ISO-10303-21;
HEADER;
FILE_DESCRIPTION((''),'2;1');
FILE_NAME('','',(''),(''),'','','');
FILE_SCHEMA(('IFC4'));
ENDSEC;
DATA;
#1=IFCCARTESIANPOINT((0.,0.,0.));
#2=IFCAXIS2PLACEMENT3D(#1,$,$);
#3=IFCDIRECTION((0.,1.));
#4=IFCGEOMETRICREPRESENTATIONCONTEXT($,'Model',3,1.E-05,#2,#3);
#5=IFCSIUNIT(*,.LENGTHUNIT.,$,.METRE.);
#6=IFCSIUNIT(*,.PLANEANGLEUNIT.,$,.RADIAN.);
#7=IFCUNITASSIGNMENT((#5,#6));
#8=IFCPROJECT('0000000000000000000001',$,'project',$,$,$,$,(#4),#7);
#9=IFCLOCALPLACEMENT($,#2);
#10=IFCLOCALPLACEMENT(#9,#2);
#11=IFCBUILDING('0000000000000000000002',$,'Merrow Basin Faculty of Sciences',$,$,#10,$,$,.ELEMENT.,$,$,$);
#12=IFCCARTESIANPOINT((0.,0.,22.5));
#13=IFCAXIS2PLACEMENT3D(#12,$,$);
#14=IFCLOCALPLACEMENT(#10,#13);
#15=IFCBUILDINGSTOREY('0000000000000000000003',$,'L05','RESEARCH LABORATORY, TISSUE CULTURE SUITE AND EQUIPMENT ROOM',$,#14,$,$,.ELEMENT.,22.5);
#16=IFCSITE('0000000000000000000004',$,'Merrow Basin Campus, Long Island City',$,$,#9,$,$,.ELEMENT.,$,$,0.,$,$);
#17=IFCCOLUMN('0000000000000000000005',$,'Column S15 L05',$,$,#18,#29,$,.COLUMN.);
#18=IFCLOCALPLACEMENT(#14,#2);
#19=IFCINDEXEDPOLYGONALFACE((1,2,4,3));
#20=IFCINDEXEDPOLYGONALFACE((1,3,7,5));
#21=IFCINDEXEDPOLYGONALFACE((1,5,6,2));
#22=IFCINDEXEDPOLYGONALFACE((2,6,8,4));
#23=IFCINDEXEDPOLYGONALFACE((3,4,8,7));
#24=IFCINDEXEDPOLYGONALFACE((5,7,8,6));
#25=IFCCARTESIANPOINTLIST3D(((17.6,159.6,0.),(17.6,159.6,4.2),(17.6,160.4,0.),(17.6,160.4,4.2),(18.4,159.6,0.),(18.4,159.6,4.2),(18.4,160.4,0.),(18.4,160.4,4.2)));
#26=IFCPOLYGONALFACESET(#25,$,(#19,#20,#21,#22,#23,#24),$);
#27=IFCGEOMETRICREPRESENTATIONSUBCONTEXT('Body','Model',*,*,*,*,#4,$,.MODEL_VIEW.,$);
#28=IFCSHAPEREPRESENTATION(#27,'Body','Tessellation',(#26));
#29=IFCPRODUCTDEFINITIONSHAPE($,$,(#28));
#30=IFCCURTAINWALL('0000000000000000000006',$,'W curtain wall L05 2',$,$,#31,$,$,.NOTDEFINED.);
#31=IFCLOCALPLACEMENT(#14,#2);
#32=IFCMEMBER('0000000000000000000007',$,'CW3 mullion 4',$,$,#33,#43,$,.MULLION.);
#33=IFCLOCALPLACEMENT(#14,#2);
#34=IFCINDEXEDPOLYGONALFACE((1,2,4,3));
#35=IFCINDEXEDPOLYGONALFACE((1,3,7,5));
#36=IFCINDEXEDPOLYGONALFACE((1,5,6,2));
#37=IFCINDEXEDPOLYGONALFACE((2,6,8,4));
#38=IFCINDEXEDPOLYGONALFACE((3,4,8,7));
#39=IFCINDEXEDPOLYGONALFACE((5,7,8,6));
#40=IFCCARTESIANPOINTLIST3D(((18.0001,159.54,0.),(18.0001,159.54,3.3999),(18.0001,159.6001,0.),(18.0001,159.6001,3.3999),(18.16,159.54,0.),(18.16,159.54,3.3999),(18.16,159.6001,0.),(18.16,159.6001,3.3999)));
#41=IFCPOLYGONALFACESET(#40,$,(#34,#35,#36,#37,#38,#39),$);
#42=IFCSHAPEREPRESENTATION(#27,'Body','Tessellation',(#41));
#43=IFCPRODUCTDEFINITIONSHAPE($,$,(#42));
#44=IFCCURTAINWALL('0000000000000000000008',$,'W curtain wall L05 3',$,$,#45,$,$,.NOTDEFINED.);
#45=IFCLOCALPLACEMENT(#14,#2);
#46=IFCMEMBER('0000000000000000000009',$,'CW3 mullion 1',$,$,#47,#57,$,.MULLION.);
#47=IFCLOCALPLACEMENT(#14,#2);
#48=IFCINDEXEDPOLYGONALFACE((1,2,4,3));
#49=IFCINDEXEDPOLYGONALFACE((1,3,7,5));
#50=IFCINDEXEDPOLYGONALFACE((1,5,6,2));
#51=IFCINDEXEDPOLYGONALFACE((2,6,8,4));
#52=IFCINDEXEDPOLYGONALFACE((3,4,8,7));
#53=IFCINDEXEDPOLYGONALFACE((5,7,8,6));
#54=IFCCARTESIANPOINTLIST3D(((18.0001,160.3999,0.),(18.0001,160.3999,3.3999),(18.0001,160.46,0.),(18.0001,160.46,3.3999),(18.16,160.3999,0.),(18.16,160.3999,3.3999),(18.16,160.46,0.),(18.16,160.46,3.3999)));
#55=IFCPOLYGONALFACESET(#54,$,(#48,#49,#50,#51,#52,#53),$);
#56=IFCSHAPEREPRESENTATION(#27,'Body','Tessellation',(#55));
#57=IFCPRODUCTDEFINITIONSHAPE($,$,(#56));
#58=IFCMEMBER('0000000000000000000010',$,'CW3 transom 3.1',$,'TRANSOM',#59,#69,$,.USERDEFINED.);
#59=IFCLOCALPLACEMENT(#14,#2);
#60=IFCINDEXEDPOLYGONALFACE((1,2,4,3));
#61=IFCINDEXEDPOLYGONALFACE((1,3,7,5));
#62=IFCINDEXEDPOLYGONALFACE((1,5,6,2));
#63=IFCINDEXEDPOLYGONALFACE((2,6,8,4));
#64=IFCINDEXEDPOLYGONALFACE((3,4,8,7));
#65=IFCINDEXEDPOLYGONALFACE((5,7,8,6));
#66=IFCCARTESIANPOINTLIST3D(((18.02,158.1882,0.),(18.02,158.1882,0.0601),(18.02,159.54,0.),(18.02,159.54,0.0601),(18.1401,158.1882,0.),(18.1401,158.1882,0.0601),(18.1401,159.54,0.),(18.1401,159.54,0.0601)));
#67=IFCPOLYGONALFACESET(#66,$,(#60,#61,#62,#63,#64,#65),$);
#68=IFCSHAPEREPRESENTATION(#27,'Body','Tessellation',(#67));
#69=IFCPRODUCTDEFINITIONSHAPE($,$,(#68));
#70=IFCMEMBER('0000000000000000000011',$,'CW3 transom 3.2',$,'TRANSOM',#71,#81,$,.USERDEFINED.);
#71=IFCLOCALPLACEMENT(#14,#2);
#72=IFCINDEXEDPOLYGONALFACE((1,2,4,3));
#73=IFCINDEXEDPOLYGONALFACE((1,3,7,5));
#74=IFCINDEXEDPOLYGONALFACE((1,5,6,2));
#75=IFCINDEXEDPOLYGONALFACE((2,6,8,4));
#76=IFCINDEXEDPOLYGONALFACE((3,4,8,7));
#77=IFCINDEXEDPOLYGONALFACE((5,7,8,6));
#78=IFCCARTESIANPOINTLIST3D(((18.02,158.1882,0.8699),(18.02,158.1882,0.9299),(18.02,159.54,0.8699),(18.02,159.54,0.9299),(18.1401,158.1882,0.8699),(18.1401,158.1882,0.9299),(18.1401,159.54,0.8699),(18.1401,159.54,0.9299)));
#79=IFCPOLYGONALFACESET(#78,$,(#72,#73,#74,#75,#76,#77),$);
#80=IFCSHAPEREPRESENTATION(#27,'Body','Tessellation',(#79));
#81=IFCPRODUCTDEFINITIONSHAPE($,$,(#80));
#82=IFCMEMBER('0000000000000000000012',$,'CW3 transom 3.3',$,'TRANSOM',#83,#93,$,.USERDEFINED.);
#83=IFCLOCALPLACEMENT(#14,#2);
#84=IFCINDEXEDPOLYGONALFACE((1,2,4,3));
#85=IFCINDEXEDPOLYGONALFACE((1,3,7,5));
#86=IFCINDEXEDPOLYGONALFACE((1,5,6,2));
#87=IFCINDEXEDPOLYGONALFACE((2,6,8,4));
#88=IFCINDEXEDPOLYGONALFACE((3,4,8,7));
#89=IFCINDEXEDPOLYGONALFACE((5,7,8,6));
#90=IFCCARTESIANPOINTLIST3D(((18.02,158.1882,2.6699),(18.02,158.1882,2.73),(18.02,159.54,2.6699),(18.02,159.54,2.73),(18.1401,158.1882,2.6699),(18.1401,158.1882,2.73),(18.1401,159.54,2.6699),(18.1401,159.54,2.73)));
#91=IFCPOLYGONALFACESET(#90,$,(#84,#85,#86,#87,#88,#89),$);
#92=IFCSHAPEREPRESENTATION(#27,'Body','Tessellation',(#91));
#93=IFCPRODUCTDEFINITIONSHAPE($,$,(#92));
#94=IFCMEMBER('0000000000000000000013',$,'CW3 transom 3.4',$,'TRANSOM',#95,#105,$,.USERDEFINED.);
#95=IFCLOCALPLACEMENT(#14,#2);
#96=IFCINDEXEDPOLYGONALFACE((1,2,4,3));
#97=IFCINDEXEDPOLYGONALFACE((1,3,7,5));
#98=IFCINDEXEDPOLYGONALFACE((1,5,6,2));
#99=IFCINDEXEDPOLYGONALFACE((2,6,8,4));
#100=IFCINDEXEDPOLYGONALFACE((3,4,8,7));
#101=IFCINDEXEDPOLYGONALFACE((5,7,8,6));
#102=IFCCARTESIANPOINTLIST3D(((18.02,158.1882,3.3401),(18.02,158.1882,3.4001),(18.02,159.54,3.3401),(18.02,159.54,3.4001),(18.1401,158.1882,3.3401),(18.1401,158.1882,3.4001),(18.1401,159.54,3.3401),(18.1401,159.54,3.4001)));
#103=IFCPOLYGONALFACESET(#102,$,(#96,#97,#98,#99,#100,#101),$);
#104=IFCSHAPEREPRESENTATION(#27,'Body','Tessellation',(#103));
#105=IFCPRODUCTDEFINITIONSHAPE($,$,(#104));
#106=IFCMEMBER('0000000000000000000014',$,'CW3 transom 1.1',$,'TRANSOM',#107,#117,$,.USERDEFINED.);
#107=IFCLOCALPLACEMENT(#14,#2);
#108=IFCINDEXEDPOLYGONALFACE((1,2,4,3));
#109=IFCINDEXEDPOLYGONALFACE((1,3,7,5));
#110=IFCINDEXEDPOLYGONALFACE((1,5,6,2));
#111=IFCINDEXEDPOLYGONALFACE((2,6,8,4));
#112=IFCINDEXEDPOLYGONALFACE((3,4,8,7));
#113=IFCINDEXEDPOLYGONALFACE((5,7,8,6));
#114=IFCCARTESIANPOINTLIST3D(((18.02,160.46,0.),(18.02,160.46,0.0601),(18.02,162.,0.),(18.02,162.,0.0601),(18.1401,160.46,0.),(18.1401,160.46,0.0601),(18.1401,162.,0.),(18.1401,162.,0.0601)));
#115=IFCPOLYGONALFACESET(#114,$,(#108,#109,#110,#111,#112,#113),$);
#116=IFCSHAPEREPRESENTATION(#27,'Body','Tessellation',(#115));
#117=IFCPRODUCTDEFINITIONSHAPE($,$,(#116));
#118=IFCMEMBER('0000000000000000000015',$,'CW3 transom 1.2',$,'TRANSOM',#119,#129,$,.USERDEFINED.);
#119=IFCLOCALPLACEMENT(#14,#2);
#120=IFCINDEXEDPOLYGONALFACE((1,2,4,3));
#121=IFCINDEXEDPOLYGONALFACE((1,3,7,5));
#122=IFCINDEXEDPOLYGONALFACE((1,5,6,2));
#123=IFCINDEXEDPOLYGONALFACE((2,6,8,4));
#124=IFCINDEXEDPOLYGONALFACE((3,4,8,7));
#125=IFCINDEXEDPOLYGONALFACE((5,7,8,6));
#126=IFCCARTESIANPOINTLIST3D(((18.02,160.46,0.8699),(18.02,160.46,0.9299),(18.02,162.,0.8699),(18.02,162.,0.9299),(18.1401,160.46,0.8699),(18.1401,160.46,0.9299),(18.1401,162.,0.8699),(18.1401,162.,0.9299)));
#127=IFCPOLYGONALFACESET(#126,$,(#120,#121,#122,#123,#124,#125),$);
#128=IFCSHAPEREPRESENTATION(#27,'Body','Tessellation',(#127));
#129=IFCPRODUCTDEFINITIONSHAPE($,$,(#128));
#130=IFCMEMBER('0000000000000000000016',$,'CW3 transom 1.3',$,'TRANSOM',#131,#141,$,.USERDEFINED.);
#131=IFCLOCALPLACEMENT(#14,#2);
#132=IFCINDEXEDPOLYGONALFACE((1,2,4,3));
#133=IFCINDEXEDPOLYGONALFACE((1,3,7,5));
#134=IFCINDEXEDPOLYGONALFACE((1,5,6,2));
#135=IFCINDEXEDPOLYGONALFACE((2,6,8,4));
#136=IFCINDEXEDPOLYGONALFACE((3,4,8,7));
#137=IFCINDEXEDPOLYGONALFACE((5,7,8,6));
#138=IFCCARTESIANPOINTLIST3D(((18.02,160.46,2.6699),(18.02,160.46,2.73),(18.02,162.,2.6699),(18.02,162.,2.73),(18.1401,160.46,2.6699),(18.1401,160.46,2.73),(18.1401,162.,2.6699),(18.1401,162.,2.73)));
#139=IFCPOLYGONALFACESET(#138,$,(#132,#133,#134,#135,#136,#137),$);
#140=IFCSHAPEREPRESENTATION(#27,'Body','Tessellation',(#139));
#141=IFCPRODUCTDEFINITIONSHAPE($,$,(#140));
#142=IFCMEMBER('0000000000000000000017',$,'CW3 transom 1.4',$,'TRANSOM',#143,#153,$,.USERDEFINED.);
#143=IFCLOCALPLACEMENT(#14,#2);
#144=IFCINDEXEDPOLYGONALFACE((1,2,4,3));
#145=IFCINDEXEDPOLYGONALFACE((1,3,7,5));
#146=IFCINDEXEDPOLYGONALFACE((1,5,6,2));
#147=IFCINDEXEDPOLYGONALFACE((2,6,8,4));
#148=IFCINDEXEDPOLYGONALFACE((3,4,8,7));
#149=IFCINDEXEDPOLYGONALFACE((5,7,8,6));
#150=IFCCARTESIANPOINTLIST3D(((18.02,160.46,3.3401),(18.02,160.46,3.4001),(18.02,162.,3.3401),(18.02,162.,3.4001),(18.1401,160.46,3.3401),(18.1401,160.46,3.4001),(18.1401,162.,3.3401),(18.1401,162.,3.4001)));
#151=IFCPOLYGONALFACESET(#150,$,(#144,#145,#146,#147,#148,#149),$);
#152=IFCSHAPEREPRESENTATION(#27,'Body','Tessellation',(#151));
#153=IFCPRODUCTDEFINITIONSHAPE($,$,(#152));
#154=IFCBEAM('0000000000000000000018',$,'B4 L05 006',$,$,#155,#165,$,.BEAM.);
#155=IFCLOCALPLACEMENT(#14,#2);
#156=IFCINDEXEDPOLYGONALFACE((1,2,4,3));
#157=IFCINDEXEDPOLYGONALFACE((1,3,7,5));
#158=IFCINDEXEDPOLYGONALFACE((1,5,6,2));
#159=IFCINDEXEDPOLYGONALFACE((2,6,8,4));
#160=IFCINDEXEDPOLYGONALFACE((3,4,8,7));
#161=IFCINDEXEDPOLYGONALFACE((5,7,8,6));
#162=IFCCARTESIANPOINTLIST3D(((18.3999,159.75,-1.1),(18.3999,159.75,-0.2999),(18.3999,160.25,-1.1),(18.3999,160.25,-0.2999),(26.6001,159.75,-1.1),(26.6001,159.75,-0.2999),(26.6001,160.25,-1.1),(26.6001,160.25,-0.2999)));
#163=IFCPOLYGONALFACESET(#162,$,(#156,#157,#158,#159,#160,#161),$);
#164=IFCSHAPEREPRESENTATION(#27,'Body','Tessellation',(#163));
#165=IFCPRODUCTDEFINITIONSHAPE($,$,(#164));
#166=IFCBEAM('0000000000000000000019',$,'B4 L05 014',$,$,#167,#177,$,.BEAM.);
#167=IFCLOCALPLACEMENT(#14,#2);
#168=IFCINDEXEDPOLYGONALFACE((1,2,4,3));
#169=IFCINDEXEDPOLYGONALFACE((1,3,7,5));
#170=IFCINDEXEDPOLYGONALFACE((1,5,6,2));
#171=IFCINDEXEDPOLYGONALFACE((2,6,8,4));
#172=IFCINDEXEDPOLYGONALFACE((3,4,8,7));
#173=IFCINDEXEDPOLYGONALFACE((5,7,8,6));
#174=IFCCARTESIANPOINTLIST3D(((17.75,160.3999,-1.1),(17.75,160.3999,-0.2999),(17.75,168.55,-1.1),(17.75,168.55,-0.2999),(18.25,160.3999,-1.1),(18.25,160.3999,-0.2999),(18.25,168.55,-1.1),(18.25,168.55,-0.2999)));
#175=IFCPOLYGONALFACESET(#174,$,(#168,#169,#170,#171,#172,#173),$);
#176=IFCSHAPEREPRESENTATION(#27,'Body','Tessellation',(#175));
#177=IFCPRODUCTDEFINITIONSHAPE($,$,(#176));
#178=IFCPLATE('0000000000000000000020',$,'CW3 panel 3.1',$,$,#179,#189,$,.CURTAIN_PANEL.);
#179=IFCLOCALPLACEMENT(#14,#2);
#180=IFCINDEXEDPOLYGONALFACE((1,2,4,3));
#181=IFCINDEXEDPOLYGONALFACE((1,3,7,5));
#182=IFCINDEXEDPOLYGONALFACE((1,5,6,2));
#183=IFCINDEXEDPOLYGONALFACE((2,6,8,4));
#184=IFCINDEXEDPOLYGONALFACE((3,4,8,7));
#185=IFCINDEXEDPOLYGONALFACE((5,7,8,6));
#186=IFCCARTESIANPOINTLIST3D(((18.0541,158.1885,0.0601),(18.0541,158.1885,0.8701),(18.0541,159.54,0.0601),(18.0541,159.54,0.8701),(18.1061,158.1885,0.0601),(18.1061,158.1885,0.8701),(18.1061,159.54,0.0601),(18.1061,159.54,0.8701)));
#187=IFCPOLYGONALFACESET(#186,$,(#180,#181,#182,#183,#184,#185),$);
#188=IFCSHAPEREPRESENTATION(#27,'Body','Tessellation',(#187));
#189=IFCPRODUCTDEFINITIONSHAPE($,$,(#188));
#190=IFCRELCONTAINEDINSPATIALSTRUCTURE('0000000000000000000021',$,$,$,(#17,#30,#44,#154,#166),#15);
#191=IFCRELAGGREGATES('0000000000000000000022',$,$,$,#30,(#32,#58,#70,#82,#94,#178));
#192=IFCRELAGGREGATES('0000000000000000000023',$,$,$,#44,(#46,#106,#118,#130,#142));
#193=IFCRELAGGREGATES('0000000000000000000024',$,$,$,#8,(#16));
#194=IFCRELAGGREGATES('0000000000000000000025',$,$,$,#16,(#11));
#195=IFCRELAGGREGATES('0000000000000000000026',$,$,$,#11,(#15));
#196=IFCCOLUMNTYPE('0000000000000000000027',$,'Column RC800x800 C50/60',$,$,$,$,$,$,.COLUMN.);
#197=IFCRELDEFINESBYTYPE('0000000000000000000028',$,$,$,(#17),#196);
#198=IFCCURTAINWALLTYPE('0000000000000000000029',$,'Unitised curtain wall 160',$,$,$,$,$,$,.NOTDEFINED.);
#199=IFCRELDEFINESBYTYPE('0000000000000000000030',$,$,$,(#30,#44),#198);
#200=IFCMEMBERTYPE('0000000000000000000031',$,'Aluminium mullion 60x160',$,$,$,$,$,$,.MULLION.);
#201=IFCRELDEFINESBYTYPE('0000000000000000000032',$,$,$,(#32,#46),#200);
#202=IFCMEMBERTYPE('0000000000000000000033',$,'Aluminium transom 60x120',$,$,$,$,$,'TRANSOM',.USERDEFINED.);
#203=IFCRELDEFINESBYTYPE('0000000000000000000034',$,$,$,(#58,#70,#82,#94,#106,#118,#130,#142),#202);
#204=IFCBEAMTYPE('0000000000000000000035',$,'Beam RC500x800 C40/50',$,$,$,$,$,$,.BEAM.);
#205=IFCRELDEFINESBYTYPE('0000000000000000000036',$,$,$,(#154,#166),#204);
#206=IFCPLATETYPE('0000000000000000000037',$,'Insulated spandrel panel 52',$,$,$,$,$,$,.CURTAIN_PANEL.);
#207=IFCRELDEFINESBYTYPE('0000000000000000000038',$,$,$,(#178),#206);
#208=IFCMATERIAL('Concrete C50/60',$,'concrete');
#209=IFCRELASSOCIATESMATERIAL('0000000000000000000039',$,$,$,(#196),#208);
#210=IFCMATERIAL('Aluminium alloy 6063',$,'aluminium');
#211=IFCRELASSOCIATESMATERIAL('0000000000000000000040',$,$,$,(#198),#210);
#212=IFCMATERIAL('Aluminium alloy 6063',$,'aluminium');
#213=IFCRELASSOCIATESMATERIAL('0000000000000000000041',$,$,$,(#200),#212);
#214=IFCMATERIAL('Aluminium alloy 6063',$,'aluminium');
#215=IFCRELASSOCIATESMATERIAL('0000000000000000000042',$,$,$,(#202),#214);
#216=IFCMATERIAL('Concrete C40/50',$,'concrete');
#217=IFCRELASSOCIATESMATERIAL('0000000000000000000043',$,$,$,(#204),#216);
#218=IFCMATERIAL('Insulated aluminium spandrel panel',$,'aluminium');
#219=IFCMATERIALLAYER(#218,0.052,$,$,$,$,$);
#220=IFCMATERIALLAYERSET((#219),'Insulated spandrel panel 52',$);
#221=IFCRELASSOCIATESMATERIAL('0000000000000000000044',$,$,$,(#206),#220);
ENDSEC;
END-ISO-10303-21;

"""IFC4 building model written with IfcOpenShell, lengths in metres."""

from ifc_helpers import new_model, si_unit, direction, frame, origin, origin_2d, place, context, subcontext, project, spatial, rectangle, extrude, material, layer, layer_set, material_profile, profile_set, type_object, element, aggregate, save


model = new_model("IFC4")

# Units and contexts
model_context = context("Model", 3, precision=1e-05, world=origin(), true_north=direction((0.0, 1.0)))
body_context = subcontext(model_context, "Body", "Model", "MODEL_VIEW")
ifc_project = project(units=[si_unit("LENGTHUNIT", "METRE"), si_unit("PLANEANGLEUNIT", "RADIAN")], contexts=[model_context])

# Site, building, storey
site_placement = place(None, origin())
site = spatial("IfcSite", under=ifc_project, at=site_placement, Name="Merrow Basin Campus, Long Island City", CompositionType="ELEMENT", RefElevation=0.0)
building_placement = place(site_placement, origin())
building = spatial("IfcBuilding", under=site, at=building_placement, Name="Merrow Basin Faculty of Sciences", CompositionType="ELEMENT")
storey_placement = place(building_placement, frame((0.0, 0.0, 22.5)))
storey = spatial("IfcBuildingStorey", under=building, at=storey_placement, Name="L05", Description="RESEARCH LABORATORY, TISSUE CULTURE SUITE AND EQUIPMENT ROOM", CompositionType="ELEMENT", Elevation=22.5)

# Column
ifc_material_1 = material(Name="Concrete C50/60", Category="concrete")
ifc_material_profile_1 = material_profile(ifc_material_1, rectangle(XDim=0.8, YDim=0.8, at=origin_2d()))
ifc_profile_set_1 = profile_set([ifc_material_profile_1], Name="Concrete C50/60")
column_type = type_object("IfcColumnType", Name="Column RC800x800 C50/60", PredefinedType="COLUMN", material=ifc_profile_set_1)
column_placement = place(storey_placement, frame((18.0, 160.0, 0.0), z_axis=(0.0, 0.0, 1.0), x_axis=(1.0, 0.0, 0.0)))
element("IfcColumn", 1, at=column_placement, inside=storey, type_object=column_type, Name="Column S15 L05", PredefinedType="COLUMN", context=body_context, shape_type="SweptSolid", body=[
    extrude(rectangle(XDim=0.8, YDim=0.8, at=origin_2d()), origin(), (0.0, 0.0, 1.0), 4.2),
])

# Curtain walls, members
ifc_material_2 = material(Name="Aluminium alloy 6063", Category="aluminium")
curtain_wall_type = type_object("IfcCurtainWallType", Name="Unitised curtain wall 160", PredefinedType="NOTDEFINED", material=ifc_material_2)
curtain_wall_1_placement = place(storey_placement, origin())
curtain_wall_1 = element("IfcCurtainWall", 2, at=curtain_wall_1_placement, inside=storey, type_object=curtain_wall_type, Name="W curtain wall L05 2", PredefinedType="NOTDEFINED")
ifc_material_3 = material(Name="Aluminium alloy 6063", Category="aluminium")
ifc_material_profile_2 = material_profile(ifc_material_3, rectangle(XDim=0.1599, YDim=0.0601, at=origin_2d()))
ifc_profile_set_2 = profile_set([ifc_material_profile_2], Name="Aluminium alloy 6063")
member_type_1 = type_object("IfcMemberType", Name="Aluminium mullion 60x160", PredefinedType="MULLION", material=ifc_profile_set_2)
member_1_placement = place(storey_placement, frame((18.0801, 159.5701, 0.0), z_axis=(0.0, 0.0, 1.0), x_axis=(-1.0, 0.0, 0.0)))
member_1 = element("IfcMember", 3, at=member_1_placement, type_object=member_type_1, Name="CW3 mullion 4", PredefinedType="MULLION", context=body_context, shape_type="SweptSolid", body=[
    extrude(rectangle(XDim=0.1599, YDim=0.0601, at=origin_2d()), origin(), (0.0, 0.0, 1.0), 3.3999),
])
curtain_wall_2_placement = place(storey_placement, origin())
curtain_wall_2 = element("IfcCurtainWall", 4, at=curtain_wall_2_placement, inside=storey, type_object=curtain_wall_type, Name="W curtain wall L05 3", PredefinedType="NOTDEFINED")
member_2_placement = place(storey_placement, frame((18.0801, 160.4299, 0.0), z_axis=(0.0, 0.0, 1.0), x_axis=(-1.0, 0.0, 0.0)))
member_2 = element("IfcMember", 5, at=member_2_placement, type_object=member_type_1, Name="CW3 mullion 1", PredefinedType="MULLION", context=body_context, shape_type="SweptSolid", body=[
    extrude(rectangle(XDim=0.1599, YDim=0.0601, at=origin_2d()), origin(), (0.0, 0.0, 1.0), 3.3999),
])

# Members
ifc_material_4 = material(Name="Aluminium alloy 6063", Category="aluminium")
ifc_material_profile_3 = material_profile(ifc_material_4, rectangle(XDim=0.1201, YDim=0.0601, at=origin_2d()))
ifc_profile_set_3 = profile_set([ifc_material_profile_3], Name="Aluminium alloy 6063")
member_type_2 = type_object("IfcMemberType", Name="Aluminium transom 60x120", ElementType="TRANSOM", PredefinedType="USERDEFINED", material=ifc_profile_set_3)
member_3_placement = place(storey_placement, frame((18.0801, 158.1882, 0.03), z_axis=(0.0, 1.0, 0.0), x_axis=(-1.0, 0.0, 0.0)))
member_3 = element("IfcMember", 6, at=member_3_placement, type_object=member_type_2, Name="CW3 transom 3.1", ObjectType="TRANSOM", PredefinedType="USERDEFINED", context=body_context, shape_type="SweptSolid", body=[
    extrude(rectangle(XDim=0.1201, YDim=0.0601, at=origin_2d()), origin(), (0.0, 0.0, 1.0), 1.3518),
])
member_4_placement = place(storey_placement, frame((18.0801, 158.1882, 0.8999), z_axis=(0.0, 1.0, 0.0), x_axis=(-1.0, 0.0, 0.0)))
member_4 = element("IfcMember", 7, at=member_4_placement, type_object=member_type_2, Name="CW3 transom 3.2", ObjectType="TRANSOM", PredefinedType="USERDEFINED", context=body_context, shape_type="SweptSolid", body=[
    extrude(rectangle(XDim=0.1201, YDim=0.0601, at=origin_2d()), origin(), (0.0, 0.0, 1.0), 1.3518),
])
member_5_placement = place(storey_placement, frame((18.0801, 158.1882, 2.7), z_axis=(0.0, 1.0, 0.0), x_axis=(-1.0, 0.0, 0.0)))
member_5 = element("IfcMember", 8, at=member_5_placement, type_object=member_type_2, Name="CW3 transom 3.3", ObjectType="TRANSOM", PredefinedType="USERDEFINED", context=body_context, shape_type="SweptSolid", body=[
    extrude(rectangle(XDim=0.1201, YDim=0.0601, at=origin_2d()), origin(), (0.0, 0.0, 1.0), 1.3518),
])
member_6_placement = place(storey_placement, frame((18.0801, 158.1882, 3.3701), z_axis=(0.0, 1.0, 0.0), x_axis=(-1.0, 0.0, 0.0)))
member_6 = element("IfcMember", 9, at=member_6_placement, type_object=member_type_2, Name="CW3 transom 3.4", ObjectType="TRANSOM", PredefinedType="USERDEFINED", context=body_context, shape_type="SweptSolid", body=[
    extrude(rectangle(XDim=0.1201, YDim=0.0601, at=origin_2d()), origin(), (0.0, 0.0, 1.0), 1.3518),
])
member_7_placement = place(storey_placement, frame((18.0801, 160.46, 0.03), z_axis=(0.0, 1.0, 0.0), x_axis=(-1.0, 0.0, 0.0)))
member_7 = element("IfcMember", 10, at=member_7_placement, type_object=member_type_2, Name="CW3 transom 1.1", ObjectType="TRANSOM", PredefinedType="USERDEFINED", context=body_context, shape_type="SweptSolid", body=[
    extrude(rectangle(XDim=0.1201, YDim=0.0601, at=origin_2d()), origin(), (0.0, 0.0, 1.0), 1.54),
])
member_8_placement = place(storey_placement, frame((18.0801, 160.46, 0.8999), z_axis=(0.0, 1.0, 0.0), x_axis=(-1.0, 0.0, 0.0)))
member_8 = element("IfcMember", 11, at=member_8_placement, type_object=member_type_2, Name="CW3 transom 1.2", ObjectType="TRANSOM", PredefinedType="USERDEFINED", context=body_context, shape_type="SweptSolid", body=[
    extrude(rectangle(XDim=0.1201, YDim=0.0601, at=origin_2d()), origin(), (0.0, 0.0, 1.0), 1.54),
])
member_9_placement = place(storey_placement, frame((18.0801, 160.46, 2.7), z_axis=(0.0, 1.0, 0.0), x_axis=(-1.0, 0.0, 0.0)))
member_9 = element("IfcMember", 12, at=member_9_placement, type_object=member_type_2, Name="CW3 transom 1.3", ObjectType="TRANSOM", PredefinedType="USERDEFINED", context=body_context, shape_type="SweptSolid", body=[
    extrude(rectangle(XDim=0.1201, YDim=0.0601, at=origin_2d()), origin(), (0.0, 0.0, 1.0), 1.54),
])
member_10_placement = place(storey_placement, frame((18.0801, 160.46, 3.3701), z_axis=(0.0, 1.0, 0.0), x_axis=(-1.0, 0.0, 0.0)))
member_10 = element("IfcMember", 13, at=member_10_placement, type_object=member_type_2, Name="CW3 transom 1.4", ObjectType="TRANSOM", PredefinedType="USERDEFINED", context=body_context, shape_type="SweptSolid", body=[
    extrude(rectangle(XDim=0.1201, YDim=0.0601, at=origin_2d()), origin(), (0.0, 0.0, 1.0), 1.54),
])

# Beams
ifc_material_5 = material(Name="Concrete C40/50", Category="concrete")
ifc_material_profile_4 = material_profile(ifc_material_5, rectangle(XDim=0.5, YDim=0.8, at=origin_2d()))
ifc_profile_set_4 = profile_set([ifc_material_profile_4], Name="Concrete C40/50")
beam_type = type_object("IfcBeamType", Name="Beam RC500x800 C40/50", PredefinedType="BEAM", material=ifc_profile_set_4)
beam_1_placement = place(storey_placement, frame((18.3999, 160.0, -0.7), z_axis=(1.0, 0.0, 0.0), x_axis=(0.0, 1.0, 0.0)))
element("IfcBeam", 14, at=beam_1_placement, inside=storey, type_object=beam_type, Name="B4 L05 006", PredefinedType="BEAM", context=body_context, shape_type="SweptSolid", body=[
    extrude(rectangle(XDim=0.5, YDim=0.8, at=origin_2d()), origin(), (0.0, 0.0, 1.0), 8.2002),
])
beam_2_placement = place(storey_placement, frame((18.0, 160.3999, -0.7), z_axis=(0.0, 1.0, 0.0), x_axis=(-1.0, 0.0, 0.0)))
element("IfcBeam", 15, at=beam_2_placement, inside=storey, type_object=beam_type, Name="B4 L05 014", PredefinedType="BEAM", context=body_context, shape_type="SweptSolid", body=[
    extrude(rectangle(XDim=0.5, YDim=0.8, at=origin_2d()), origin(), (0.0, 0.0, 1.0), 8.1501),
])

# Plate
ifc_material_6 = material(Name="Insulated aluminium spandrel panel", Category="aluminium")
ifc_layer_1 = layer(ifc_material_6, 0.052)
ifc_layer_set_1 = layer_set([ifc_layer_1], Name="Insulated spandrel panel 52")
plate_type_1 = type_object("IfcPlateType", Name="Insulated spandrel panel 52", PredefinedType="CURTAIN_PANEL", material=ifc_layer_set_1)
plate_1_placement = place(storey_placement, frame((18.0801, 158.8643, 0.0601), z_axis=(0.0, 0.0, 1.0), x_axis=(0.0, 1.0, 0.0)))
plate_1 = element("IfcPlate", 16, at=plate_1_placement, type_object=plate_type_1, Name="CW3 panel 3.1", PredefinedType="CURTAIN_PANEL", context=body_context, shape_type="SweptSolid", body=[
    extrude(rectangle(XDim=1.3516, YDim=0.052, at=origin_2d()), origin(), (0.0, 0.0, 1.0), 0.8101),
])
aggregate(curtain_wall_1, [member_1, member_3, member_4, member_5, member_6, plate_1])
aggregate(curtain_wall_2, [member_2, member_7, member_8, member_9, member_10])

save(model, "model.ifc")
